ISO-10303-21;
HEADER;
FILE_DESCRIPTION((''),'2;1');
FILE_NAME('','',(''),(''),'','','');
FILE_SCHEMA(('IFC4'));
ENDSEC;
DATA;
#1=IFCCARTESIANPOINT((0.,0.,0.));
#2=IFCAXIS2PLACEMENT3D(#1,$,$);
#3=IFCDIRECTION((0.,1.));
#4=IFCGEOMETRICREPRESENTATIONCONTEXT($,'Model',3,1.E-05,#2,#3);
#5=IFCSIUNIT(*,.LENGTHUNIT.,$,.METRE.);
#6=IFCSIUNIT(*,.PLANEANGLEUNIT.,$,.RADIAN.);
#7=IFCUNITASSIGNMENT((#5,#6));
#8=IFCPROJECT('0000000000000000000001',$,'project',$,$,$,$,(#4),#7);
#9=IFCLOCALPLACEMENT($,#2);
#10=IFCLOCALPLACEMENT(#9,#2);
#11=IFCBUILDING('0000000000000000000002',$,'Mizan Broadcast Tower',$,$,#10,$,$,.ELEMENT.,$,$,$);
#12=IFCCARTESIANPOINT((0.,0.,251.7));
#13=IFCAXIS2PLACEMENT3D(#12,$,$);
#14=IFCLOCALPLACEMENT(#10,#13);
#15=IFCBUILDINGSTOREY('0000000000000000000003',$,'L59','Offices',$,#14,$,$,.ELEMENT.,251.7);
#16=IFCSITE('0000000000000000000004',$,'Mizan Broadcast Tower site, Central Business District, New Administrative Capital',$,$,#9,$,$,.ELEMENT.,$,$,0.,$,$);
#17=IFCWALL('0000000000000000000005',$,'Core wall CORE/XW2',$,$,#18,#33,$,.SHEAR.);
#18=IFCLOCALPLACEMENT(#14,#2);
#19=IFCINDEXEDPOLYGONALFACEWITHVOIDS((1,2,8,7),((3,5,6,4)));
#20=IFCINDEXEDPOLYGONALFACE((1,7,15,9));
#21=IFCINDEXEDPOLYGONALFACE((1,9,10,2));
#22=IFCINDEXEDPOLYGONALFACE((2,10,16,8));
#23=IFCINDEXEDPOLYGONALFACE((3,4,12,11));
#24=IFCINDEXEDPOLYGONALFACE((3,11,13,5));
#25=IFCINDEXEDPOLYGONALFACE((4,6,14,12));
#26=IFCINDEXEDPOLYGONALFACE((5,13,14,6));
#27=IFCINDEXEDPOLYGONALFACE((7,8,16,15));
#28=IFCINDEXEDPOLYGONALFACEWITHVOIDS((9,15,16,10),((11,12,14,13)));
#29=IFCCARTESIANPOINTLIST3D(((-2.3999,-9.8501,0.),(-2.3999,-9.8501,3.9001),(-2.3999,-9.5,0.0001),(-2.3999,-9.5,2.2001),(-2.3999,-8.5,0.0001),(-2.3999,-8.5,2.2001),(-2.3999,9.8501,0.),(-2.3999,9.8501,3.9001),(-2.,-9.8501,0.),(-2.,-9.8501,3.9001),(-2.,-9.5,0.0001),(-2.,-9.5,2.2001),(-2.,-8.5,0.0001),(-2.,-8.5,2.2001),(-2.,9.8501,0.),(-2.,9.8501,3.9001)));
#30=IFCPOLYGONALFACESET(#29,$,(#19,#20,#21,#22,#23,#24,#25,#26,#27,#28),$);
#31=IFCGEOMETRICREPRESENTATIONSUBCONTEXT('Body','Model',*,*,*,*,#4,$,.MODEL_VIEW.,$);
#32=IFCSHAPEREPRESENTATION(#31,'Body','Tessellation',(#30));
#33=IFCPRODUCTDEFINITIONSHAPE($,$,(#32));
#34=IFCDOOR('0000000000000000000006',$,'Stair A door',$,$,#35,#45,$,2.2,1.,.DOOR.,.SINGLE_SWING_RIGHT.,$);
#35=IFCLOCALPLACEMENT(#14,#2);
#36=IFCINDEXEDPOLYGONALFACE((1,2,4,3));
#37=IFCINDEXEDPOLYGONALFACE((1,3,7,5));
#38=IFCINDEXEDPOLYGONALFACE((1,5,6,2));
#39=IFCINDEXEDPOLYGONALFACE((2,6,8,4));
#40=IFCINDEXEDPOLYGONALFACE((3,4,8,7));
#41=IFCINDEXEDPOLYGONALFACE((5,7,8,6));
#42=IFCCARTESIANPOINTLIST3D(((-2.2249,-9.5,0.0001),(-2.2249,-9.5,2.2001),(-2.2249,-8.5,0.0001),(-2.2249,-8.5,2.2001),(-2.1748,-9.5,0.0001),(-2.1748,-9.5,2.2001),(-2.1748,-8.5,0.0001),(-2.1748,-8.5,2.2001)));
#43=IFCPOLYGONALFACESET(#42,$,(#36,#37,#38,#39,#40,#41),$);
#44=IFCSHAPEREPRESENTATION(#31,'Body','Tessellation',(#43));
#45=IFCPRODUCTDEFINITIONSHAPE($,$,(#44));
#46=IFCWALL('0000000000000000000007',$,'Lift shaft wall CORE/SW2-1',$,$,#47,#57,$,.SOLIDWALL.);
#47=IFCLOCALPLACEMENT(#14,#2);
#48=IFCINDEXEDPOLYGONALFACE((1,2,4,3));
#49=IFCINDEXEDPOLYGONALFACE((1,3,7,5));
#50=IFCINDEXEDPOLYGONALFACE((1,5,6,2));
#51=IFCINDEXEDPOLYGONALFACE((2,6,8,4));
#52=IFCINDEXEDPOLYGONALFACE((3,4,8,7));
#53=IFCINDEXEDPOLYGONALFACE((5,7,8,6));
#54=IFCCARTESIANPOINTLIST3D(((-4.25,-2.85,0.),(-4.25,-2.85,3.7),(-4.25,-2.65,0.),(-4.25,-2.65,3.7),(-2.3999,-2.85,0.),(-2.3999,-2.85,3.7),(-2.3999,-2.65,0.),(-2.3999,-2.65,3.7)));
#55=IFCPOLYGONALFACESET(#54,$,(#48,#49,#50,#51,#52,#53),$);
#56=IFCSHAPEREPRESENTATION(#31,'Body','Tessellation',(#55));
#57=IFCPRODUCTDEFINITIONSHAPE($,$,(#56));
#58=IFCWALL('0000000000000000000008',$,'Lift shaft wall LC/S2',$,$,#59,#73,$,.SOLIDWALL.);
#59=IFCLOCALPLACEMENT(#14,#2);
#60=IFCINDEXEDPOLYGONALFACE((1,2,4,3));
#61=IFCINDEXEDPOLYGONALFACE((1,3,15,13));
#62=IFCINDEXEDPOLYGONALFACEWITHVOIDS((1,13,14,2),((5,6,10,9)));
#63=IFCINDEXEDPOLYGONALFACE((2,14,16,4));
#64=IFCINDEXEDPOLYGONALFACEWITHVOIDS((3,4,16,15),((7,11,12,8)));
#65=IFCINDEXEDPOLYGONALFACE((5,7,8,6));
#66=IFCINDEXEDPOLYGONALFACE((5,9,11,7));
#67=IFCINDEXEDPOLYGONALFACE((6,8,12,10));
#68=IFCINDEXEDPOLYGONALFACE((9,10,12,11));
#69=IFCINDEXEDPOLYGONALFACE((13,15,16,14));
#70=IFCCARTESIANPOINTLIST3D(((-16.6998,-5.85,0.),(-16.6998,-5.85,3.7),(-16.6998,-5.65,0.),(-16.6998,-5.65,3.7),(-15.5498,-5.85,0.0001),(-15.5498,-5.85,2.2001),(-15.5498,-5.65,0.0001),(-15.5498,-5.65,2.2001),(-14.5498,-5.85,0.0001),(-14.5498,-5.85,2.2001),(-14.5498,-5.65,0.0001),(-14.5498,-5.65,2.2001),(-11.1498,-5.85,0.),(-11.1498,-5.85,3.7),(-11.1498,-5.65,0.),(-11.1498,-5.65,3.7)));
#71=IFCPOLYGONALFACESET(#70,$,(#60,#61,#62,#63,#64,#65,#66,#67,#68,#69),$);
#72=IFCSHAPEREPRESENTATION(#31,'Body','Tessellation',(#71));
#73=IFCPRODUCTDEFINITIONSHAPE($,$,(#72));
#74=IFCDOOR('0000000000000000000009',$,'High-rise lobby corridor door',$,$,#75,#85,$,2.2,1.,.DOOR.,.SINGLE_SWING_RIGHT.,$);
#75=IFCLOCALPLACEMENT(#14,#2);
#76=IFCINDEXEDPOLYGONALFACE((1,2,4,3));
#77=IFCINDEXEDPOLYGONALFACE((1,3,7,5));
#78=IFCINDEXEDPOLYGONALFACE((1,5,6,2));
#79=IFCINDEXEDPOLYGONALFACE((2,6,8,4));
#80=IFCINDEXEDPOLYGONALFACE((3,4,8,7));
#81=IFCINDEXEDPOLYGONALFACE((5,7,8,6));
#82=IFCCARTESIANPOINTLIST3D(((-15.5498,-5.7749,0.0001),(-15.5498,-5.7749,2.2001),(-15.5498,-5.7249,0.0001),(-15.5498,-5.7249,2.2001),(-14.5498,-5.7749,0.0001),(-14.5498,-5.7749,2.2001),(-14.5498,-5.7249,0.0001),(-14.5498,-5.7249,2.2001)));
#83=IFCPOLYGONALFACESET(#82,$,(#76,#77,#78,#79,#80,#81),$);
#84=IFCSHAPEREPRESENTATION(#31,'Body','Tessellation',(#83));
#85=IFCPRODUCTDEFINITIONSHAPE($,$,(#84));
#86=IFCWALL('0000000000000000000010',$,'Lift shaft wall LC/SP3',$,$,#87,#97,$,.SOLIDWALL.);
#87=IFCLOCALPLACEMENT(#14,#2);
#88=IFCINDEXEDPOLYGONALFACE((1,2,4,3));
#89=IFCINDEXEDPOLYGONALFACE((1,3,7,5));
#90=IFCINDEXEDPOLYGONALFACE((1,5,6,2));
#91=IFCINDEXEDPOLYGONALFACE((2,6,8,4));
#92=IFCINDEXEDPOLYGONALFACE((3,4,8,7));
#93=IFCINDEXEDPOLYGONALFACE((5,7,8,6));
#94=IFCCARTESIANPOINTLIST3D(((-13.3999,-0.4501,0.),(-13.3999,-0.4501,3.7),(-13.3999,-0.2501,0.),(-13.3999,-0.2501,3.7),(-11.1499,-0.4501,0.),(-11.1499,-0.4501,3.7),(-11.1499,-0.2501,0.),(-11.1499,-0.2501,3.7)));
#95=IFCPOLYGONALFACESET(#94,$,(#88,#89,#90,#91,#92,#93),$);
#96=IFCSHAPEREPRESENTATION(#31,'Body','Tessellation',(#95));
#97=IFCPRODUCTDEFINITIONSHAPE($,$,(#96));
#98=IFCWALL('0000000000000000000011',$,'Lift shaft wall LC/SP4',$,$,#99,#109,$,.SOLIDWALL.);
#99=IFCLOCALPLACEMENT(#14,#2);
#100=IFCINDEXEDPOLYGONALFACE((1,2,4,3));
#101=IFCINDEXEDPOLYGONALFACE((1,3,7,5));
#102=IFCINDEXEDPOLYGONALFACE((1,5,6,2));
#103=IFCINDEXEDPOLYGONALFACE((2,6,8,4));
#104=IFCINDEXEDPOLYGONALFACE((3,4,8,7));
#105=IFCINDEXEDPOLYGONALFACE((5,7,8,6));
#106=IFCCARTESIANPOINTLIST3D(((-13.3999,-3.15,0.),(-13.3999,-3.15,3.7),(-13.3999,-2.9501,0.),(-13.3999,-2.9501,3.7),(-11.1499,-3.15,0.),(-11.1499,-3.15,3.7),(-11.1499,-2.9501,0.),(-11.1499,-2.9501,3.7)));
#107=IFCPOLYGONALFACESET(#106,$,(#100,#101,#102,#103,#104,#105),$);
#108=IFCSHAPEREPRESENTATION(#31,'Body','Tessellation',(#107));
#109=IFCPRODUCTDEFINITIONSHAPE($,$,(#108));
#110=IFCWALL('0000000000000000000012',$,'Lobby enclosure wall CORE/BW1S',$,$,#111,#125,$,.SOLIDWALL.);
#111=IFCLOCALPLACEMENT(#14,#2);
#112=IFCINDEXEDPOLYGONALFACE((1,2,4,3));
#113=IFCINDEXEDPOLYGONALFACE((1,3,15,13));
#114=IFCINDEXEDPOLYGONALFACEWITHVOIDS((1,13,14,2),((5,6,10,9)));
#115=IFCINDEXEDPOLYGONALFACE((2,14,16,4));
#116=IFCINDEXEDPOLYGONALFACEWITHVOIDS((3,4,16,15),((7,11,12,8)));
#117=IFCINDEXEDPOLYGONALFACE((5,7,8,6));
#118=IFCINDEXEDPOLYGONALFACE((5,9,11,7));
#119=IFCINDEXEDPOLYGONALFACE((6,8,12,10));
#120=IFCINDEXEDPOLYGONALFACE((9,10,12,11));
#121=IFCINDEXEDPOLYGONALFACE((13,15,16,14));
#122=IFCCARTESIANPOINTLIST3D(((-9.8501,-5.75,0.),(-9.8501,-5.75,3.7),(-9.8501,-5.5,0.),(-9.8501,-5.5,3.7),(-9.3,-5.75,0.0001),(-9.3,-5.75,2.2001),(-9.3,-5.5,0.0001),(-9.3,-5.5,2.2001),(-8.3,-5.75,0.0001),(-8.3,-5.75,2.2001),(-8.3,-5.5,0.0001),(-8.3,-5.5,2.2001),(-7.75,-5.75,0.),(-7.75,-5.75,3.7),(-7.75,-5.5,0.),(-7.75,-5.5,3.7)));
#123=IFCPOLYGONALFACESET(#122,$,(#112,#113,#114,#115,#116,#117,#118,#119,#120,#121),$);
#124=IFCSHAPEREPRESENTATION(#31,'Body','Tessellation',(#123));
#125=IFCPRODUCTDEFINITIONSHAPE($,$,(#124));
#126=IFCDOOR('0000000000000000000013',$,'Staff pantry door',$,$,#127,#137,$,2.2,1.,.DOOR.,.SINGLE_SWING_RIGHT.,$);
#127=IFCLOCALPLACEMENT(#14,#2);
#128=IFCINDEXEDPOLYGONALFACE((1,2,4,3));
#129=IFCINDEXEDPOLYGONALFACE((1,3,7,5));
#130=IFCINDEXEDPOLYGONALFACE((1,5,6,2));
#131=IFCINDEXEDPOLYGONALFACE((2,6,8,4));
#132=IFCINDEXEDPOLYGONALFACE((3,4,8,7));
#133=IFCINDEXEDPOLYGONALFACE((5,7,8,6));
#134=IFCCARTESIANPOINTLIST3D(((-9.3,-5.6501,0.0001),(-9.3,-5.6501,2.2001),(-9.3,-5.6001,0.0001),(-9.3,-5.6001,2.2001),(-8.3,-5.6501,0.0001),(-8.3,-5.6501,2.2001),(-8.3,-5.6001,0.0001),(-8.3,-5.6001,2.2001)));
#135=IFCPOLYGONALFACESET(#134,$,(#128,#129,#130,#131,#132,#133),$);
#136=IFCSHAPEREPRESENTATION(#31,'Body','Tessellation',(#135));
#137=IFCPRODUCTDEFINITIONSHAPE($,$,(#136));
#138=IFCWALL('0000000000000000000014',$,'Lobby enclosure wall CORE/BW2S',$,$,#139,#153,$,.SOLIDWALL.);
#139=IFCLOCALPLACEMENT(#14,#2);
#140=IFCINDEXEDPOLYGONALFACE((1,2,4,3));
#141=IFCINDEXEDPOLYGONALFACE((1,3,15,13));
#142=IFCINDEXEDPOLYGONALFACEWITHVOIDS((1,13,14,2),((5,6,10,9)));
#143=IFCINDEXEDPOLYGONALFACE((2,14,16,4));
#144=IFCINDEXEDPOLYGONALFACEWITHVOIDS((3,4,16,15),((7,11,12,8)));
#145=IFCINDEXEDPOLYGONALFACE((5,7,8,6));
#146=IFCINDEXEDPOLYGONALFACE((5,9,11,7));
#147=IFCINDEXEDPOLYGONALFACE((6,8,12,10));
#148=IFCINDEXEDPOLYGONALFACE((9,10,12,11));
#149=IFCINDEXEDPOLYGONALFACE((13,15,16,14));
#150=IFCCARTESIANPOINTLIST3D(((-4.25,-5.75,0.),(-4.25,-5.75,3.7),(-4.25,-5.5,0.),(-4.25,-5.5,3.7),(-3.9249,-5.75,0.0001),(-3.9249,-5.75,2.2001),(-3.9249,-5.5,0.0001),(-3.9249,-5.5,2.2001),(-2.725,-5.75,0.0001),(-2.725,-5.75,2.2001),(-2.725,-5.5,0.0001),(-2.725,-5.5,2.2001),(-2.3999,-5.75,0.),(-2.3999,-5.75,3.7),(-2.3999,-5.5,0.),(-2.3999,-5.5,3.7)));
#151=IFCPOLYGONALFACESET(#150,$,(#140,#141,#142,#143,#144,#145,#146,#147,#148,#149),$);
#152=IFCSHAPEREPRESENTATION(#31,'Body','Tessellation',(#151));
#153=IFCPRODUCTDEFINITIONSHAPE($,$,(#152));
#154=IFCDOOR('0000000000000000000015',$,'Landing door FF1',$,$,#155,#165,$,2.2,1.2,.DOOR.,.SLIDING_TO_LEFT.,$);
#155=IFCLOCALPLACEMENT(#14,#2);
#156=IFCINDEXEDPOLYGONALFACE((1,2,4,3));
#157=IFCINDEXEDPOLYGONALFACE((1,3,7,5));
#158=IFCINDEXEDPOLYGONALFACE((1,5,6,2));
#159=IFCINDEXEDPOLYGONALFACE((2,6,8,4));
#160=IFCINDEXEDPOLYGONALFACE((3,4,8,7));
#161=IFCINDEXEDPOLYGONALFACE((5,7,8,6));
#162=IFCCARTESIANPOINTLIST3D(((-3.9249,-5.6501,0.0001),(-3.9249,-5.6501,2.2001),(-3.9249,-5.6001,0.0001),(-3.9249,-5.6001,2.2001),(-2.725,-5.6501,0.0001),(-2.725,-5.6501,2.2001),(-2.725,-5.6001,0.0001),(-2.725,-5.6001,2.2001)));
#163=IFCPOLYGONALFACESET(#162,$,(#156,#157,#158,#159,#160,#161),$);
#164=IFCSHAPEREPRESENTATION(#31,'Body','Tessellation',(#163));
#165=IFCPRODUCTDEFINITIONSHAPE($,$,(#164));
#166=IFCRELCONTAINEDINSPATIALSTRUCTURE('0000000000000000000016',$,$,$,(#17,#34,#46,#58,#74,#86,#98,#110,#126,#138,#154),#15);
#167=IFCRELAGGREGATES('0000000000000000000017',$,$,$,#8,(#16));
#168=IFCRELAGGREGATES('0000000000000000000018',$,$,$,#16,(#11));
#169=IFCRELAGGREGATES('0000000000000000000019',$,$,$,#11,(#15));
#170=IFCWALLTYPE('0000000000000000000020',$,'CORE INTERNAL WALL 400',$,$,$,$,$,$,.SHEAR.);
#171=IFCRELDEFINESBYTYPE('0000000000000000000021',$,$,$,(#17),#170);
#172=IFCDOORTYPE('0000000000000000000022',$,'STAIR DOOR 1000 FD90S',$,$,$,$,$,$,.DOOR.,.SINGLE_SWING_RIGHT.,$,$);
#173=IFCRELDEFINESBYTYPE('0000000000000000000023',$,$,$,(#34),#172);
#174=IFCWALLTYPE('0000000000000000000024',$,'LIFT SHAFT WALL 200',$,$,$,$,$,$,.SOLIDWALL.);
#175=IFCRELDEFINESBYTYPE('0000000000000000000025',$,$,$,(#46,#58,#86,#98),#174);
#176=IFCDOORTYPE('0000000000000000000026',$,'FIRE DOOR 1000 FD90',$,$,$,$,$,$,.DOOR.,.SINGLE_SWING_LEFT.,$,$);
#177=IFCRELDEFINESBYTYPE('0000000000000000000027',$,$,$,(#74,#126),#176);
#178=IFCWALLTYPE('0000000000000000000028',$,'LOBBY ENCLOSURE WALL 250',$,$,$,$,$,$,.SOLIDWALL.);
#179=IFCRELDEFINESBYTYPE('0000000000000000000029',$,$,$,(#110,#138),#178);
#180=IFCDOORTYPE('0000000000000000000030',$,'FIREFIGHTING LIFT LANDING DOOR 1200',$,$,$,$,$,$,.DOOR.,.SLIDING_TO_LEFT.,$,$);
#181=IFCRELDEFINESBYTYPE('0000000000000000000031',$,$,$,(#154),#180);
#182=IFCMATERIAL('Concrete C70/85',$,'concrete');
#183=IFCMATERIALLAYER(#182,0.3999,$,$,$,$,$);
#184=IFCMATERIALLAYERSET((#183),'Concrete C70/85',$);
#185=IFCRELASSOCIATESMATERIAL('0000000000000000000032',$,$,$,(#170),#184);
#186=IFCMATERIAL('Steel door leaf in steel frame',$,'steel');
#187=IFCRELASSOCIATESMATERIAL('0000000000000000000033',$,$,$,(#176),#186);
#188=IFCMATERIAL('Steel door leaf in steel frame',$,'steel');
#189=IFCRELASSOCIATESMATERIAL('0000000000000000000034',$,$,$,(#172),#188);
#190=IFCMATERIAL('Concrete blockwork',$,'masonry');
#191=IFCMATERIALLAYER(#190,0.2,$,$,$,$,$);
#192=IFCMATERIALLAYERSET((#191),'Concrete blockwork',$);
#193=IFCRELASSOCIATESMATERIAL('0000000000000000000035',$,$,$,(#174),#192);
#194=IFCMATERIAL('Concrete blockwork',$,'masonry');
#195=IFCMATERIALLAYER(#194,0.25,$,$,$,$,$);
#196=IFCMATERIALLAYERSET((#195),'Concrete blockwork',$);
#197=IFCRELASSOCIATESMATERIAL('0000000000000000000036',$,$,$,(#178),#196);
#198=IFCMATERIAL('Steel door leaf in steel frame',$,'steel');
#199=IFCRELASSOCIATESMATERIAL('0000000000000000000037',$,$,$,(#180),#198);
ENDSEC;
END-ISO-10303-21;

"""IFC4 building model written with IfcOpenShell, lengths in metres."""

from ifc_helpers import new_model, si_unit, direction, frame, frame_2d, origin, place, context, subcontext, project, spatial, rectangle, extrude, material, layer, layer_set, type_object, element, fill, save


model = new_model("IFC4")

# Units and contexts
model_context = context("Model", 3, precision=1e-05, world=origin(), true_north=direction((0.0, 1.0)))
body_context = subcontext(model_context, "Body", "Model", "MODEL_VIEW")
ifc_project = project(units=[si_unit("LENGTHUNIT", "METRE"), si_unit("PLANEANGLEUNIT", "RADIAN")], contexts=[model_context])

# Site, building, storey
site_placement = place(None, origin())
site = spatial("IfcSite", under=ifc_project, at=site_placement, Name="Mizan Broadcast Tower site, Central Business District, New Administrative Capital", CompositionType="ELEMENT", RefElevation=0.0)
building_placement = place(site_placement, origin())
building = spatial("IfcBuilding", under=site, at=building_placement, Name="Mizan Broadcast Tower", CompositionType="ELEMENT")
storey_placement = place(building_placement, frame((0.0, 0.0, 251.7)))
storey = spatial("IfcBuildingStorey", under=building, at=storey_placement, Name="L59", Description="Offices", CompositionType="ELEMENT", Elevation=251.7)

# Shared definitions
ifc_material_1 = material(Name="Concrete C70/85", Category="concrete")
ifc_layer_1 = layer(ifc_material_1, 0.3999)
ifc_layer_set_1 = layer_set([ifc_layer_1], Name="Concrete C70/85")
wall_type_1 = type_object("IfcWallType", Name="CORE INTERNAL WALL 400", PredefinedType="SHEAR", material=ifc_layer_set_1)
ifc_material_2 = material(Name="Steel door leaf in steel frame", Category="steel")
door_type_1 = type_object("IfcDoorType", Name="FIRE DOOR 1000 FD90", OperationType="SINGLE_SWING_LEFT", PredefinedType="DOOR", material=ifc_material_2)

# Wall, opening, door
wall_1_placement = place(storey_placement, frame((-2.2, -9.8501, 0.0), z_axis=(0.0, 0.0, 1.0), x_axis=(0.0, 1.0, 0.0)))
wall_1 = element("IfcWall", 1, at=wall_1_placement, inside=storey, type_object=wall_type_1, Name="Core wall CORE/XW2", PredefinedType="SHEAR", context=body_context, shape_type="SweptSolid", body=[
    extrude(rectangle(XDim=19.7002, YDim=0.3999, at=frame_2d((9.8501, 0.0))), origin(), (0.0, 0.0, 1.0), 3.9001),
])
opening_1_placement = place(wall_1_placement, frame((0.3501, 0.0, 0.0)))
opening_1 = element("IfcOpeningElement", 2, at=opening_1_placement, cuts=wall_1, PredefinedType="OPENING", context=body_context, shape_type="SweptSolid", body=[
    extrude(rectangle(XDim=1.0, YDim=2.2, at=frame_2d((0.5, 1.1001))), frame((0.0, 0.21, 0.0), z_axis=(0.0, -1.0, 0.0), x_axis=(1.0, 0.0, 0.0)), (0.0, 0.0, 1.0), 0.4199),
])
ifc_material_3 = material(Name="Steel door leaf in steel frame", Category="steel")
door_type_2 = type_object("IfcDoorType", Name="STAIR DOOR 1000 FD90S", OperationType="SINGLE_SWING_RIGHT", PredefinedType="DOOR", material=ifc_material_3)
door_1_placement = place(opening_1_placement, origin())
door_1 = element("IfcDoor", 3, at=door_1_placement, inside=storey, type_object=door_type_2, Name="Stair A door", OperationType="SINGLE_SWING_RIGHT", OverallHeight=2.2, OverallWidth=1.0, PredefinedType="DOOR", context=body_context, shape_type="SweptSolid", body=[
    extrude(rectangle(XDim=1.0, YDim=2.2, at=frame_2d((0.5, 1.1001))), frame((0.0, 0.0249, 0.0), z_axis=(0.0, -1.0, 0.0), x_axis=(1.0, 0.0, 0.0)), (0.0, 0.0, 1.0), 0.05),
])
fill(opening_1, door_1)

# Wall
ifc_material_4 = material(Name="Concrete blockwork", Category="masonry")
ifc_layer_2 = layer(ifc_material_4, 0.2)
ifc_layer_set_2 = layer_set([ifc_layer_2], Name="Concrete blockwork")
wall_type_2 = type_object("IfcWallType", Name="LIFT SHAFT WALL 200", PredefinedType="SOLIDWALL", material=ifc_layer_set_2)
wall_2_placement = place(storey_placement, frame((-4.25, -2.75, 0.0), z_axis=(0.0, 0.0, 1.0), x_axis=(1.0, 0.0, 0.0)))
element("IfcWall", 4, at=wall_2_placement, inside=storey, type_object=wall_type_2, Name="Lift shaft wall CORE/SW2-1", PredefinedType="SOLIDWALL", context=body_context, shape_type="SweptSolid", body=[
    extrude(rectangle(XDim=1.8501, YDim=0.2, at=frame_2d((0.925, 0.0))), origin(), (0.0, 0.0, 1.0), 3.7),
])

# Wall, opening, door
wall_3_placement = place(storey_placement, frame((-11.1499, -5.75, 0.0), z_axis=(0.0, 0.0, 1.0), x_axis=(-1.0, 0.0, 0.0)))
wall_3 = element("IfcWall", 5, at=wall_3_placement, inside=storey, type_object=wall_type_2, Name="Lift shaft wall LC/S2", PredefinedType="SOLIDWALL", context=body_context, shape_type="SweptSolid", body=[
    extrude(rectangle(XDim=5.55, YDim=0.2, at=frame_2d((2.7749, 0.0))), origin(), (0.0, 0.0, 1.0), 3.7),
])
opening_2_placement = place(wall_3_placement, frame((3.3999, 0.0, 0.0)))
opening_2 = element("IfcOpeningElement", 6, at=opening_2_placement, cuts=wall_3, PredefinedType="OPENING", context=body_context, shape_type="SweptSolid", body=[
    extrude(rectangle(XDim=1.0, YDim=2.2, at=frame_2d((0.5, 1.1001))), frame((0.0, 0.1099, 0.0), z_axis=(0.0, -1.0, 0.0), x_axis=(1.0, 0.0, 0.0)), (0.0, 0.0, 1.0), 0.22),
])
door_2_placement = place(opening_2_placement, origin())
door_2 = element("IfcDoor", 7, at=door_2_placement, inside=storey, type_object=door_type_1, Name="High-rise lobby corridor door", OperationType="SINGLE_SWING_RIGHT", OverallHeight=2.2, OverallWidth=1.0, PredefinedType="DOOR", context=body_context, shape_type="SweptSolid", body=[
    extrude(rectangle(XDim=1.0, YDim=2.2, at=frame_2d((0.5, 1.1001))), frame((0.0, 0.0249, 0.0), z_axis=(0.0, -1.0, 0.0), x_axis=(1.0, 0.0, 0.0)), (0.0, 0.0, 1.0), 0.05),
])
fill(opening_2, door_2)

# Walls
for number, where, z_axis, x_axis, name in (
    (8, (-11.1499, -0.3501, 0.0), (0.0, 0.0, 1.0), (-1.0, 0.0, 0.0), "Lift shaft wall LC/SP3"),
    (9, (-11.1499, -3.05, 0.0), (0.0, 0.0, 1.0), (-1.0, 0.0, 0.0), "Lift shaft wall LC/SP4"),
):
    element("IfcWall", number, at=place(storey_placement, frame(where, z_axis=z_axis, x_axis=x_axis)), inside=storey, type_object=wall_type_2, Name=name, PredefinedType="SOLIDWALL", context=body_context, shape_type="SweptSolid", body=[
        extrude(rectangle(XDim=2.25, YDim=0.2, at=frame_2d((1.125, 0.0))), origin(), (0.0, 0.0, 1.0), 3.7),
    ])

# Walls, openings, doors
ifc_material_5 = material(Name="Concrete blockwork", Category="masonry")
ifc_layer_3 = layer(ifc_material_5, 0.25)
ifc_layer_set_3 = layer_set([ifc_layer_3], Name="Concrete blockwork")
wall_type_3 = type_object("IfcWallType", Name="LOBBY ENCLOSURE WALL 250", PredefinedType="SOLIDWALL", material=ifc_layer_set_3)
wall_4_placement = place(storey_placement, frame((-9.8501, -5.625, 0.0), z_axis=(0.0, 0.0, 1.0), x_axis=(1.0, 0.0, 0.0)))
wall_4 = element("IfcWall", 10, at=wall_4_placement, inside=storey, type_object=wall_type_3, Name="Lobby enclosure wall CORE/BW1S", PredefinedType="SOLIDWALL", context=body_context, shape_type="SweptSolid", body=[
    extrude(rectangle(XDim=2.1001, YDim=0.25, at=frame_2d((1.05, 0.0))), origin(), (0.0, 0.0, 1.0), 3.7),
])
opening_3_placement = place(wall_4_placement, frame((0.55, 0.0, 0.0)))
opening_3 = element("IfcOpeningElement", 11, at=opening_3_placement, cuts=wall_4, PredefinedType="OPENING", context=body_context, shape_type="SweptSolid", body=[
    extrude(rectangle(XDim=1.0, YDim=2.2, at=frame_2d((0.5, 1.1001))), frame((0.0, 0.135, 0.0), z_axis=(0.0, -1.0, 0.0), x_axis=(1.0, 0.0, 0.0)), (0.0, 0.0, 1.0), 0.27),
])
door_3_placement = place(opening_3_placement, origin())
door_3 = element("IfcDoor", 12, at=door_3_placement, inside=storey, type_object=door_type_1, Name="Staff pantry door", OperationType="SINGLE_SWING_RIGHT", OverallHeight=2.2, OverallWidth=1.0, PredefinedType="DOOR", context=body_context, shape_type="SweptSolid", body=[
    extrude(rectangle(XDim=1.0, YDim=2.2, at=frame_2d((0.5, 1.1001))), frame((0.0, 0.0249, 0.0), z_axis=(0.0, -1.0, 0.0), x_axis=(1.0, 0.0, 0.0)), (0.0, 0.0, 1.0), 0.05),
])
fill(opening_3, door_3)
wall_5_placement = place(storey_placement, frame((-4.25, -5.625, 0.0), z_axis=(0.0, 0.0, 1.0), x_axis=(1.0, 0.0, 0.0)))
wall_5 = element("IfcWall", 13, at=wall_5_placement, inside=storey, type_object=wall_type_3, Name="Lobby enclosure wall CORE/BW2S", PredefinedType="SOLIDWALL", context=body_context, shape_type="SweptSolid", body=[
    extrude(rectangle(XDim=1.8501, YDim=0.25, at=frame_2d((0.925, 0.0))), origin(), (0.0, 0.0, 1.0), 3.7),
])
opening_4_placement = place(wall_5_placement, frame((0.325, 0.0, 0.0)))
opening_4 = element("IfcOpeningElement", 14, at=opening_4_placement, cuts=wall_5, PredefinedType="OPENING", context=body_context, shape_type="SweptSolid", body=[
    extrude(rectangle(XDim=1.2, YDim=2.2, at=frame_2d((0.6001, 1.1001))), frame((0.0, 0.135, 0.0), z_axis=(0.0, -1.0, 0.0), x_axis=(1.0, 0.0, 0.0)), (0.0, 0.0, 1.0), 0.27),
])
ifc_material_6 = material(Name="Steel door leaf in steel frame", Category="steel")
door_type_3 = type_object("IfcDoorType", Name="FIREFIGHTING LIFT LANDING DOOR 1200", OperationType="SLIDING_TO_LEFT", PredefinedType="DOOR", material=ifc_material_6)
door_4_placement = place(opening_4_placement, origin())
door_4 = element("IfcDoor", 15, at=door_4_placement, inside=storey, type_object=door_type_3, Name="Landing door FF1", OperationType="SLIDING_TO_LEFT", OverallHeight=2.2, OverallWidth=1.2, PredefinedType="DOOR", context=body_context, shape_type="SweptSolid", body=[
    extrude(rectangle(XDim=1.2, YDim=2.2, at=frame_2d((0.6001, 1.1001))), frame((0.0, 0.0249, 0.0), z_axis=(0.0, -1.0, 0.0), x_axis=(1.0, 0.0, 0.0)), (0.0, 0.0, 1.0), 0.05),
])
fill(opening_4, door_4)

save(model, "model.ifc")
